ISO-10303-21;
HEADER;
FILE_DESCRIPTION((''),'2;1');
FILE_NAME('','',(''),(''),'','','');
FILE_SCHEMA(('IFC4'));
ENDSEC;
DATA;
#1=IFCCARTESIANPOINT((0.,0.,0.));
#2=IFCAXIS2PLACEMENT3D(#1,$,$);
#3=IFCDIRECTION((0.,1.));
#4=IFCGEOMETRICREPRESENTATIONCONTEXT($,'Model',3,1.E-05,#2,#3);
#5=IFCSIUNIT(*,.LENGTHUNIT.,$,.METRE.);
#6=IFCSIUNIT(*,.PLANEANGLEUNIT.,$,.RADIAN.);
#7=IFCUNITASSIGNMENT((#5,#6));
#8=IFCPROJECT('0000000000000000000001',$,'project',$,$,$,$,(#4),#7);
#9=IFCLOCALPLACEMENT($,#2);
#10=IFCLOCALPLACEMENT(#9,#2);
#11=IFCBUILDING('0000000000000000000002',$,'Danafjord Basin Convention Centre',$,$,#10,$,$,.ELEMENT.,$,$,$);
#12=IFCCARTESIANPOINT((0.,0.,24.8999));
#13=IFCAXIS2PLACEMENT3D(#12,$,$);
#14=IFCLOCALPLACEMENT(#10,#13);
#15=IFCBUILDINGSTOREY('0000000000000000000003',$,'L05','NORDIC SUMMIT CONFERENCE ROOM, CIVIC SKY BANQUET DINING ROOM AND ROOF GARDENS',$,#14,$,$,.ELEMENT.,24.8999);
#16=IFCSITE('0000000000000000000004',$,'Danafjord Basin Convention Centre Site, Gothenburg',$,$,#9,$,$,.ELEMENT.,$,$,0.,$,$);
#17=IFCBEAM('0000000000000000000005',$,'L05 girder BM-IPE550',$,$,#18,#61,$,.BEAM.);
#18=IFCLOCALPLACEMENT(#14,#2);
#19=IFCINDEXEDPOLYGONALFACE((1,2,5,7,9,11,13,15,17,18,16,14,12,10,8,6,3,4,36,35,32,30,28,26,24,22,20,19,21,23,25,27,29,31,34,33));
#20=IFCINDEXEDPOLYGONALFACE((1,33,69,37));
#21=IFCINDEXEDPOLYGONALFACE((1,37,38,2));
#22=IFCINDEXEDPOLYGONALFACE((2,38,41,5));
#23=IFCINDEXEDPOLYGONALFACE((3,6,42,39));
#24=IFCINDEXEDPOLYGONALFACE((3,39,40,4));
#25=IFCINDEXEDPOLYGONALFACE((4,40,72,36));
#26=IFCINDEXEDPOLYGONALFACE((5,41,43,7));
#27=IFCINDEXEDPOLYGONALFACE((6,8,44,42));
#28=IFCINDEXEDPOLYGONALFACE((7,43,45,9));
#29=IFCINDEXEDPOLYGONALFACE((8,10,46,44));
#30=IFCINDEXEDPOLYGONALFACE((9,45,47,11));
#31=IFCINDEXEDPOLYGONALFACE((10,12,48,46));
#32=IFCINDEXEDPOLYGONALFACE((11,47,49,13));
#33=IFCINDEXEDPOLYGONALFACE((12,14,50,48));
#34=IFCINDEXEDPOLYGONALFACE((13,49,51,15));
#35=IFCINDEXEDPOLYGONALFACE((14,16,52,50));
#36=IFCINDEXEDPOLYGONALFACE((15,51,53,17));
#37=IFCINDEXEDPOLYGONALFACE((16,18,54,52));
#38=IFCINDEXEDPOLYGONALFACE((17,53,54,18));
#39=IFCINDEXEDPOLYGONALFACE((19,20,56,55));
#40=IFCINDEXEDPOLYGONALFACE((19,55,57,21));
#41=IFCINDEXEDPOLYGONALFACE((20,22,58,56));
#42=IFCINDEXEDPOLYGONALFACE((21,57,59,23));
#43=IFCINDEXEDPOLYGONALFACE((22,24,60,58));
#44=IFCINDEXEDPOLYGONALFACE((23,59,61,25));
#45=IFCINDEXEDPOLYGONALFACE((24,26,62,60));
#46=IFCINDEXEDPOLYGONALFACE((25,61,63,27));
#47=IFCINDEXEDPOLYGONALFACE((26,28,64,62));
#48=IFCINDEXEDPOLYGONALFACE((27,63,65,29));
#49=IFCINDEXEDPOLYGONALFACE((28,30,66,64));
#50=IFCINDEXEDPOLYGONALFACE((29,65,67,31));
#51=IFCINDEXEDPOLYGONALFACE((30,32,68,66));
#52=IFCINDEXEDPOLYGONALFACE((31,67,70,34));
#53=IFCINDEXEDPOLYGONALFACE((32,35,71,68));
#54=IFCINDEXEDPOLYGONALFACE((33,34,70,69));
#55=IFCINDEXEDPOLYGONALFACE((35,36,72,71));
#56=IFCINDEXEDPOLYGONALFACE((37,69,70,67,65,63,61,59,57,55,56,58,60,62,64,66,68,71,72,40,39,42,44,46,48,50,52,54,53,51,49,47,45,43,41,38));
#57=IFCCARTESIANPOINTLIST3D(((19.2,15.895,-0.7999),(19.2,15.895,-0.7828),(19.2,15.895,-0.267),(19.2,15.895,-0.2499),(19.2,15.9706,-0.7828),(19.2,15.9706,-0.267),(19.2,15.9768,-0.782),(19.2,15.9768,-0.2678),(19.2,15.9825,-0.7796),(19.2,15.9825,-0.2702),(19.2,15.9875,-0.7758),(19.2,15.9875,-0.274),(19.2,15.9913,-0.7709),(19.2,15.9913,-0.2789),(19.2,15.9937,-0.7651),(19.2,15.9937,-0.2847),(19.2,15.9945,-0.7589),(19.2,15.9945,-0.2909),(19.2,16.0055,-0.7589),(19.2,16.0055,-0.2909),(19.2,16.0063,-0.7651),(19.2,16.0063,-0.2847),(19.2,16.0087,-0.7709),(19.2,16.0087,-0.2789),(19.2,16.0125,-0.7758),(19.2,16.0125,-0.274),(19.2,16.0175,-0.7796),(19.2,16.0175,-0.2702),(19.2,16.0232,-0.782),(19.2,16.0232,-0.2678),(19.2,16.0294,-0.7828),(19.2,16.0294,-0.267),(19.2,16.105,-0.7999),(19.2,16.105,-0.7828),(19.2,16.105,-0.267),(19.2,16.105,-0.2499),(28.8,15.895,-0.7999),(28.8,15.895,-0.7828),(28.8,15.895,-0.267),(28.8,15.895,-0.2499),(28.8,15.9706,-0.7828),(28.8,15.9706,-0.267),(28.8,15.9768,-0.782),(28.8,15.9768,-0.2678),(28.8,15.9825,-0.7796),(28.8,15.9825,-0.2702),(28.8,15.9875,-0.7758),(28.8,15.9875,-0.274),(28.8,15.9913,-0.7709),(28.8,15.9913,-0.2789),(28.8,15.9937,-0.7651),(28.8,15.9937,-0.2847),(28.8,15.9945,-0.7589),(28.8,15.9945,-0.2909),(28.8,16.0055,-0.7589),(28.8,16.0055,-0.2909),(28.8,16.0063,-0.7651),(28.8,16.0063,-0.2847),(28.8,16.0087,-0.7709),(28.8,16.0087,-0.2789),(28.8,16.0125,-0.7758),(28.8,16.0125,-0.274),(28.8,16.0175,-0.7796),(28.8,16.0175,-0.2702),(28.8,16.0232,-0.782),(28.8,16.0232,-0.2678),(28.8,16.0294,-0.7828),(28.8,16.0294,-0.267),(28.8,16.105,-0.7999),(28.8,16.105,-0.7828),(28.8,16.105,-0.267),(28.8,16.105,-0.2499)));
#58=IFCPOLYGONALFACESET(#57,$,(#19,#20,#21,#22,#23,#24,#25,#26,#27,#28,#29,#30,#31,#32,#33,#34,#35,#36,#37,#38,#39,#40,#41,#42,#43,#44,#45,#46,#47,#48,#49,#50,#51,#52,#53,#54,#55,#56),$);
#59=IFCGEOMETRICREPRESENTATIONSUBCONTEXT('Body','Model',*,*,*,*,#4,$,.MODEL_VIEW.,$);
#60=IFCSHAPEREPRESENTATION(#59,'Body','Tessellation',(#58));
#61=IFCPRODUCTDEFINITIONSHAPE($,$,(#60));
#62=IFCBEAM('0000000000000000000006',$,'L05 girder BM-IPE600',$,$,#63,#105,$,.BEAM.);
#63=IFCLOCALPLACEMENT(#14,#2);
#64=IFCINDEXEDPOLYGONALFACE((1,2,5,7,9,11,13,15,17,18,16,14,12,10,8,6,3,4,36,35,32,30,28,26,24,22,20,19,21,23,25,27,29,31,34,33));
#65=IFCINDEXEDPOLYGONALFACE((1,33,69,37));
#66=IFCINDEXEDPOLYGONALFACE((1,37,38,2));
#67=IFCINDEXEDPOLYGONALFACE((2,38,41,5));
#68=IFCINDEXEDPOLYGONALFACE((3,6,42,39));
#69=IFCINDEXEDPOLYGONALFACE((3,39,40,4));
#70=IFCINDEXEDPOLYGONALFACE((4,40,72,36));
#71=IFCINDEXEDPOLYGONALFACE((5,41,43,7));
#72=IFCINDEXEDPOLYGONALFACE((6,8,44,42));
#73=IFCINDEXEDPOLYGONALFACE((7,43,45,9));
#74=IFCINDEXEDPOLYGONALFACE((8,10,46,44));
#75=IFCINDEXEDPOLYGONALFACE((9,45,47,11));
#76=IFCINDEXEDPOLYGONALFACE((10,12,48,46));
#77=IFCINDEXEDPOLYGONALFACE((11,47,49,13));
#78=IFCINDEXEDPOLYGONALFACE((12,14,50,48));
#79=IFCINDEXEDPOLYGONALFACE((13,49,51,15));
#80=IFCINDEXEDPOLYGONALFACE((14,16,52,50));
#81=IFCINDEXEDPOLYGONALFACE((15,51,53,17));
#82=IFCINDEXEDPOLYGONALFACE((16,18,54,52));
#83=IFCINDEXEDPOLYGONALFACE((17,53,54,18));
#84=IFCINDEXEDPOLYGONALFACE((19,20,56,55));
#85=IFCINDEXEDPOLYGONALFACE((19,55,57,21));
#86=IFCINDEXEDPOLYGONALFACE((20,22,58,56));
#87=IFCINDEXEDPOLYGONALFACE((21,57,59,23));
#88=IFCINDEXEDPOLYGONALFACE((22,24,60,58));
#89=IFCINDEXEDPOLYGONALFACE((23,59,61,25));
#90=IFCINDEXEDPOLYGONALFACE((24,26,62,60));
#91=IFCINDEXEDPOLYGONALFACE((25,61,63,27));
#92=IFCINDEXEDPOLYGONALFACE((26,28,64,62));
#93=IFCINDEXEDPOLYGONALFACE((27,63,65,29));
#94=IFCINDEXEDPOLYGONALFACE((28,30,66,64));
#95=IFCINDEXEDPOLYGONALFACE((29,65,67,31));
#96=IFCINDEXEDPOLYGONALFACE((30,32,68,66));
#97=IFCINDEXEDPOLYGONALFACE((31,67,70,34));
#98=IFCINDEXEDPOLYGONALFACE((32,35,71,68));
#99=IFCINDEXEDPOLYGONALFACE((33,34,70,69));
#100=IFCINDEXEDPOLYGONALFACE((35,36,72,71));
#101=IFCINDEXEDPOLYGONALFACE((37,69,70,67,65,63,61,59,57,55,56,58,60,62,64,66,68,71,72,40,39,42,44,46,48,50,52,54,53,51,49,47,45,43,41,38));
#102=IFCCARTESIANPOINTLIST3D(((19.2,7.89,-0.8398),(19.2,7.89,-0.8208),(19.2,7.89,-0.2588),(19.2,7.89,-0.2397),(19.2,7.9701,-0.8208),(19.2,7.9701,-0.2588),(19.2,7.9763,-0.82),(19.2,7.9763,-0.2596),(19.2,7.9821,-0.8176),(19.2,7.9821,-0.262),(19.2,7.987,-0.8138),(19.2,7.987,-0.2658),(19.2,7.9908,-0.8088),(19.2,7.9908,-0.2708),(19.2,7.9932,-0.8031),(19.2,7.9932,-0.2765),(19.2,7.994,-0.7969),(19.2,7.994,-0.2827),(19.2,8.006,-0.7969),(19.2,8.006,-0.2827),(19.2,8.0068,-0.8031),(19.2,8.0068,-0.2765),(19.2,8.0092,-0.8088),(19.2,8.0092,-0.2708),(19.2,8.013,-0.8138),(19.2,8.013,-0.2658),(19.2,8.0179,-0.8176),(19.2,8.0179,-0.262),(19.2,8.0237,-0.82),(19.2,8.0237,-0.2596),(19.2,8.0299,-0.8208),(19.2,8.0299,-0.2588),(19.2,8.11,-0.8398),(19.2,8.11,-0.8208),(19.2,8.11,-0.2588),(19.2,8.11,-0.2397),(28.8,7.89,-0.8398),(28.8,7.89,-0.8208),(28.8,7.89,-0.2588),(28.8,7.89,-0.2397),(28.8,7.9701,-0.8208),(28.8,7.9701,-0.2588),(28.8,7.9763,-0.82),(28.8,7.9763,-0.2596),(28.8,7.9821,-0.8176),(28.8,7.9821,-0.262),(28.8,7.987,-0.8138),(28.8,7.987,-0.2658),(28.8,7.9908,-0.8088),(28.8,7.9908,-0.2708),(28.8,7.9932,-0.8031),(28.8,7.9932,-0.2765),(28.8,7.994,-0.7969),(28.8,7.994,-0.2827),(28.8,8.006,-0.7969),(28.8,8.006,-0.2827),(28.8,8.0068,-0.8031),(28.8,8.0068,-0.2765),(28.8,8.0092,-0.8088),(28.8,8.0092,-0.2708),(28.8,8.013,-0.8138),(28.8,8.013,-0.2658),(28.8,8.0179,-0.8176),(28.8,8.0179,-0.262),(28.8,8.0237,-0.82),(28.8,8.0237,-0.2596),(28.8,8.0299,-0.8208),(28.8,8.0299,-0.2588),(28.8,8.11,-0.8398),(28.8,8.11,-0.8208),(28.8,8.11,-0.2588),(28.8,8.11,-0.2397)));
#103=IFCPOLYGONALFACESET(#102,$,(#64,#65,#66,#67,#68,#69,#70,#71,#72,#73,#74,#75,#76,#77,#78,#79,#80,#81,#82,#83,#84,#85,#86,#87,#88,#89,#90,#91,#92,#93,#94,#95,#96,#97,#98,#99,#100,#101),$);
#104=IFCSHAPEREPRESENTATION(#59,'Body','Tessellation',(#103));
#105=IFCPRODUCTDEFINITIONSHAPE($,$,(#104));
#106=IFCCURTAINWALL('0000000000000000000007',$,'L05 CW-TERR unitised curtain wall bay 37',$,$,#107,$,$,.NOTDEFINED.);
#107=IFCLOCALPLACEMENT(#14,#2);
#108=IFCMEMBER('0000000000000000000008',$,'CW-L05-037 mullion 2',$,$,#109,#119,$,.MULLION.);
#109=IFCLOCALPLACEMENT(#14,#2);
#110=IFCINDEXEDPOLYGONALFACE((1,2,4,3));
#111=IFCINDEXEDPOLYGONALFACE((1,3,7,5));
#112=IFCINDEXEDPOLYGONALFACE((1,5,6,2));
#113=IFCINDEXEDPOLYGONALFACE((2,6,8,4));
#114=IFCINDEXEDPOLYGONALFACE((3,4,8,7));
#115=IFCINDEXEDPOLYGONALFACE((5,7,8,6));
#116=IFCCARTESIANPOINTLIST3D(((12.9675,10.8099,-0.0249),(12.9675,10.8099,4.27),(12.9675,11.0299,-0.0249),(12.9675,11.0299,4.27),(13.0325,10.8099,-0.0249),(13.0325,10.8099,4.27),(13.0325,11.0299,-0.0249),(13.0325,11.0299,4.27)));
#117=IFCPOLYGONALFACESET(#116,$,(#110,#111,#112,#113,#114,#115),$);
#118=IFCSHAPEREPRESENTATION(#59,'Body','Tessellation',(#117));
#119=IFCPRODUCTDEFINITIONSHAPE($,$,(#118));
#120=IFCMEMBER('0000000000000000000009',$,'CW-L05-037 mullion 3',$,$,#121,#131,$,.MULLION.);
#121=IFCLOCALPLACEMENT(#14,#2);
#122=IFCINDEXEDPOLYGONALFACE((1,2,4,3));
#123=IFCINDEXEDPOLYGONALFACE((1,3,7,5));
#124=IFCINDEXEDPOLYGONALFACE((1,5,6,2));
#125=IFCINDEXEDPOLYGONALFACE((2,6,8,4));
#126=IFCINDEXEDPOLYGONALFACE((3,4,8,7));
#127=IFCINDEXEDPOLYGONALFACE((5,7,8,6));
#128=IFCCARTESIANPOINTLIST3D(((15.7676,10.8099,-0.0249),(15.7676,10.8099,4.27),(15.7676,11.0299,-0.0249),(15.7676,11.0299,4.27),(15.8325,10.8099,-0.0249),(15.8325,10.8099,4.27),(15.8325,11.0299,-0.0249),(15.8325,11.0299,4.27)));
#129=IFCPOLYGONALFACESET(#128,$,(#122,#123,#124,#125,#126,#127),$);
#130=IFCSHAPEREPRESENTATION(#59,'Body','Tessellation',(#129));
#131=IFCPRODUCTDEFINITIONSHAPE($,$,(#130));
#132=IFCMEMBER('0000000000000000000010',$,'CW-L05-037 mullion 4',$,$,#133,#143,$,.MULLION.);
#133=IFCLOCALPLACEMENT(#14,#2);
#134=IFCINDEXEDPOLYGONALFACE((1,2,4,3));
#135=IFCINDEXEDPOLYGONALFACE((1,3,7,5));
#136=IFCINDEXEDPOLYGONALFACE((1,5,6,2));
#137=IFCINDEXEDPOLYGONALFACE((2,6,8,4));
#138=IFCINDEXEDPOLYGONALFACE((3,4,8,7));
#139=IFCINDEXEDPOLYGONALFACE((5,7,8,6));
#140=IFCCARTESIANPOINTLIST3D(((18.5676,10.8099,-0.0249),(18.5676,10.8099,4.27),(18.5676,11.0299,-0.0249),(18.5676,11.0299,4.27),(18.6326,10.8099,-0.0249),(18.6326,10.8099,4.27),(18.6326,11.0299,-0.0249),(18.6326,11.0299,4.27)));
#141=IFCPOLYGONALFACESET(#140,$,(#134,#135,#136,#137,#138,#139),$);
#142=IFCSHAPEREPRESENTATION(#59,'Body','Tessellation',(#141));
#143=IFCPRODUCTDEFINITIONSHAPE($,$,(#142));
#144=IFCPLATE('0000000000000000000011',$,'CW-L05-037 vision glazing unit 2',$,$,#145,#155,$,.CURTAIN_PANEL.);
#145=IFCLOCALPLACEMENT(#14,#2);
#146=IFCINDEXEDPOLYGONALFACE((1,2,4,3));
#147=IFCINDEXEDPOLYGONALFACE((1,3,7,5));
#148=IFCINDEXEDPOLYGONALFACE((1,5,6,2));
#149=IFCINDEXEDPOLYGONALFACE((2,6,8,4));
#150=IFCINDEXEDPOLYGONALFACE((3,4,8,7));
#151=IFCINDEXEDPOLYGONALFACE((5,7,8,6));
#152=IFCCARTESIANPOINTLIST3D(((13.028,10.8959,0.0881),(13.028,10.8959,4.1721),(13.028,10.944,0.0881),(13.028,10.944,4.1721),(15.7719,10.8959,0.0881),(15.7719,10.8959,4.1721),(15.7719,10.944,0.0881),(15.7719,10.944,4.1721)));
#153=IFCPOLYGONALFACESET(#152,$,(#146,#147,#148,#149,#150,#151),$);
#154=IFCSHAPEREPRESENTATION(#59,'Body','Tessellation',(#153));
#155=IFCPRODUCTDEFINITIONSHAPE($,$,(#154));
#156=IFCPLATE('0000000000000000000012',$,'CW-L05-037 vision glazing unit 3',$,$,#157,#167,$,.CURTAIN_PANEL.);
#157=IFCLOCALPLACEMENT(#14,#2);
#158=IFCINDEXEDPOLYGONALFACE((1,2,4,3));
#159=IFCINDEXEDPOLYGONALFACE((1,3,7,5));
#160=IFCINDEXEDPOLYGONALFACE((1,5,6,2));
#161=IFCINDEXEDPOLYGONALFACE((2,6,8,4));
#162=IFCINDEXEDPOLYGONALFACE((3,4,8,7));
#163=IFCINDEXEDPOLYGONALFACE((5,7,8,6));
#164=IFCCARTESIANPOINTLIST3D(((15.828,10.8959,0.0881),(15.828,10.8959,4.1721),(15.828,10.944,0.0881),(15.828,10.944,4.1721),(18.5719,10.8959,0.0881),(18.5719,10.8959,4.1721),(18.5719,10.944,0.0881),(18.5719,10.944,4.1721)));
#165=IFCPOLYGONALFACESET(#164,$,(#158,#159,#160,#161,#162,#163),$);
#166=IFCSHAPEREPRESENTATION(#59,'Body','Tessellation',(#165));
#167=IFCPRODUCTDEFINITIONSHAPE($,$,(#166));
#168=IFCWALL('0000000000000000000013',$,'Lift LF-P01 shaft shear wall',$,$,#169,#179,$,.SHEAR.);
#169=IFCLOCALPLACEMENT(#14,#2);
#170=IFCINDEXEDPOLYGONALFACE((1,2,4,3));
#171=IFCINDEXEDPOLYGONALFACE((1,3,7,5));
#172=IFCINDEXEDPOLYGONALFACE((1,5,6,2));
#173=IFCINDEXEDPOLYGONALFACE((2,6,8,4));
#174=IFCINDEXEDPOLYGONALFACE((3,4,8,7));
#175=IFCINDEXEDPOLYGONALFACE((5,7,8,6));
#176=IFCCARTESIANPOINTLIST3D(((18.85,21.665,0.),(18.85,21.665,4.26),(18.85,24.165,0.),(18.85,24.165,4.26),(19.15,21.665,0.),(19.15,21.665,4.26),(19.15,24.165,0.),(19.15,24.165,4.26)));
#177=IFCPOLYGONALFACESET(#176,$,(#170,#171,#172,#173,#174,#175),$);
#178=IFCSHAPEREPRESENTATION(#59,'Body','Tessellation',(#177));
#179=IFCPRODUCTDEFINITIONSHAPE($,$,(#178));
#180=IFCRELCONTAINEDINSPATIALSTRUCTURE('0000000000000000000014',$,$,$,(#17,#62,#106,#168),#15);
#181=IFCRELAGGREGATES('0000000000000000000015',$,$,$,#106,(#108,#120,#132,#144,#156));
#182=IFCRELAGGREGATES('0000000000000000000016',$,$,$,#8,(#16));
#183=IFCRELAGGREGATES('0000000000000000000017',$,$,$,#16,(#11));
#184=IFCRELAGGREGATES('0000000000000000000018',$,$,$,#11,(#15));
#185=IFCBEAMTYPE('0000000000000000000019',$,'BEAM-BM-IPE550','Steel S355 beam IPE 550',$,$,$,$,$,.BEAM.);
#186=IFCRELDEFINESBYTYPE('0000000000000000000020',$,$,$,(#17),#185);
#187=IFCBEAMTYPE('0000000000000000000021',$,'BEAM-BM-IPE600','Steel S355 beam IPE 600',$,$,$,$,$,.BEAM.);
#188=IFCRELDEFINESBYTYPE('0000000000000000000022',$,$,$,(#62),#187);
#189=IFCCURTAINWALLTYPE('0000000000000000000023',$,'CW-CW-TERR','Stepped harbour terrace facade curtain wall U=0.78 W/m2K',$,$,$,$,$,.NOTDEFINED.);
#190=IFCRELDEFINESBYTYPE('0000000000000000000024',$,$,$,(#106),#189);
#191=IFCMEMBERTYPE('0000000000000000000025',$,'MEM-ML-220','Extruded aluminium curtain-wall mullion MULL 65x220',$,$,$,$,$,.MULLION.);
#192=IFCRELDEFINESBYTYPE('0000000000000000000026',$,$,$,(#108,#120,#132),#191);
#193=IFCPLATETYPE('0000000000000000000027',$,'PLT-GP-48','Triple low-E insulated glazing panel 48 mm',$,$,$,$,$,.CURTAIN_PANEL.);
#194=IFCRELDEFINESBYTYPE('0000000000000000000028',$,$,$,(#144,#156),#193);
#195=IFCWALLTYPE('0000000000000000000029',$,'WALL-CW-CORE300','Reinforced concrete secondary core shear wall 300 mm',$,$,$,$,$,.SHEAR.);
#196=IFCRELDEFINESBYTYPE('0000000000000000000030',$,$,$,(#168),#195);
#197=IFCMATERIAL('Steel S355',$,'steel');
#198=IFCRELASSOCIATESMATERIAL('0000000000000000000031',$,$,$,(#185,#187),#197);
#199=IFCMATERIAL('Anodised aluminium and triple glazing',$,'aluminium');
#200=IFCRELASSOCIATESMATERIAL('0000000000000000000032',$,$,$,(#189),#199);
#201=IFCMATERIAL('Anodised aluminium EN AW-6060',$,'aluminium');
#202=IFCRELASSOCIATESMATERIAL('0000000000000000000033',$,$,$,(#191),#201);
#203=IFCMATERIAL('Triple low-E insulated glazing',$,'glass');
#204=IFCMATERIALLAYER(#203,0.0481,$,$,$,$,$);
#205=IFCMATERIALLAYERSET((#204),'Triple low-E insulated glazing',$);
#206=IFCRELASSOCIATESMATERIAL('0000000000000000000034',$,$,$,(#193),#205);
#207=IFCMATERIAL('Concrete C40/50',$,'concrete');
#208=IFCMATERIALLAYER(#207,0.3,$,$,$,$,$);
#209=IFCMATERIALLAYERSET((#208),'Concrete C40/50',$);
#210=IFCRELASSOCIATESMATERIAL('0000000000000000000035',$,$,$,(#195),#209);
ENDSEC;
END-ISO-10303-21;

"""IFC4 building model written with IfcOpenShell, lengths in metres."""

from ifc_helpers import new_model, si_unit, direction, frame, frame_2d, origin, origin_2d, place, context, subcontext, project, spatial, rectangle, i_section, extrude, material, layer, layer_set, material_profile, profile_set, type_object, element, aggregate, save


model = new_model("IFC4")

# Units and contexts
model_context = context("Model", 3, precision=1e-05, world=origin(), true_north=direction((0.0, 1.0)))
body_context = subcontext(model_context, "Body", "Model", "MODEL_VIEW")
ifc_project = project(units=[si_unit("LENGTHUNIT", "METRE"), si_unit("PLANEANGLEUNIT", "RADIAN")], contexts=[model_context])

# Site, building, storey
site_placement = place(None, origin())
site = spatial("IfcSite", under=ifc_project, at=site_placement, Name="Danafjord Basin Convention Centre Site, Gothenburg", CompositionType="ELEMENT", RefElevation=0.0)
building_placement = place(site_placement, origin())
building = spatial("IfcBuilding", under=site, at=building_placement, Name="Danafjord Basin Convention Centre", CompositionType="ELEMENT")
storey_placement = place(building_placement, frame((0.0, 0.0, 24.8999)))
storey = spatial("IfcBuildingStorey", under=building, at=storey_placement, Name="L05", Description="NORDIC SUMMIT CONFERENCE ROOM, CIVIC SKY BANQUET DINING ROOM AND ROOF GARDENS", CompositionType="ELEMENT", Elevation=24.8999)

# Shared definitions
ifc_material_1 = material(Name="Steel S355", Category="steel")

# Beams
ifc_material_profile_1 = material_profile(ifc_material_1, i_section(OverallWidth=0.21, OverallDepth=0.55, WebThickness=0.011, FlangeThickness=0.0171, FilletRadius=0.0239, at=origin_2d()), Name="IPE 550")
ifc_profile_set_1 = profile_set([ifc_material_profile_1], Name="Steel S355")
beam_type_1 = type_object("IfcBeamType", Name="BEAM-BM-IPE550", Description="Steel S355 beam IPE 550", PredefinedType="BEAM", material=ifc_profile_set_1)
beam_1_placement = place(storey_placement, frame((19.2, 16.0, -0.5249), z_axis=(1.0, 0.0, 0.0), x_axis=(0.0, 1.0, 0.0)))
element("IfcBeam", 1, at=beam_1_placement, inside=storey, type_object=beam_type_1, Name="L05 girder BM-IPE550", PredefinedType="BEAM", context=body_context, shape_type="SweptSolid", body=[
    extrude(i_section(OverallWidth=0.21, OverallDepth=0.55, WebThickness=0.011, FlangeThickness=0.0171, FilletRadius=0.0239, at=origin_2d()), origin(), (0.0, 0.0, 1.0), 9.6001),
])
ifc_material_profile_2 = material_profile(ifc_material_1, i_section(OverallWidth=0.22, OverallDepth=0.6001, WebThickness=0.012, FlangeThickness=0.019, FilletRadius=0.0239, at=origin_2d()), Name="IPE 600")
ifc_profile_set_2 = profile_set([ifc_material_profile_2], Name="Steel S355")
beam_type_2 = type_object("IfcBeamType", Name="BEAM-BM-IPE600", Description="Steel S355 beam IPE 600", PredefinedType="BEAM", material=ifc_profile_set_2)
beam_2_placement = place(storey_placement, frame((19.2, 8.0, -0.5398), z_axis=(1.0, 0.0, 0.0), x_axis=(0.0, 1.0, 0.0)))
element("IfcBeam", 2, at=beam_2_placement, inside=storey, type_object=beam_type_2, Name="L05 girder BM-IPE600", PredefinedType="BEAM", context=body_context, shape_type="SweptSolid", body=[
    extrude(i_section(OverallWidth=0.22, OverallDepth=0.6001, WebThickness=0.012, FlangeThickness=0.019, FilletRadius=0.0239, at=origin_2d()), origin(), (0.0, 0.0, 1.0), 9.6001),
])

# Curtain wall, members, plates
ifc_material_2 = material(Name="Anodised aluminium and triple glazing", Category="aluminium")
curtain_wall_type = type_object("IfcCurtainWallType", Name="CW-CW-TERR", Description="Stepped harbour terrace facade curtain wall U=0.78 W/m2K", PredefinedType="NOTDEFINED", material=ifc_material_2)
curtain_wall_placement = place(storey_placement, origin())
curtain_wall = element("IfcCurtainWall", 3, at=curtain_wall_placement, inside=storey, type_object=curtain_wall_type, Name="L05 CW-TERR unitised curtain wall bay 37", PredefinedType="NOTDEFINED")
ifc_material_3 = material(Name="Anodised aluminium EN AW-6060", Category="aluminium")
ifc_material_profile_3 = material_profile(ifc_material_3, rectangle(XDim=0.0649, YDim=0.22, at=origin_2d()), Name="MULL 65x220")
ifc_profile_set_3 = profile_set([ifc_material_profile_3], Name="Anodised aluminium EN AW-6060")
member_type = type_object("IfcMemberType", Name="MEM-ML-220", Description="Extruded aluminium curtain-wall mullion MULL 65x220", PredefinedType="MULLION", material=ifc_profile_set_3)
member_1_placement = place(storey_placement, frame((13.0, 10.9199, -0.0249), z_axis=(0.0, 0.0, 1.0), x_axis=(1.0, 0.0, 0.0)))
member_1 = element("IfcMember", 4, at=member_1_placement, type_object=member_type, Name="CW-L05-037 mullion 2", PredefinedType="MULLION", context=body_context, shape_type="SweptSolid", body=[
    extrude(rectangle(XDim=0.0649, YDim=0.22, at=origin_2d()), origin(), (0.0, 0.0, 1.0), 4.2949),
])
member_2_placement = place(storey_placement, frame((15.8, 10.9199, -0.0249), z_axis=(0.0, 0.0, 1.0), x_axis=(1.0, 0.0, 0.0)))
member_2 = element("IfcMember", 5, at=member_2_placement, type_object=member_type, Name="CW-L05-037 mullion 3", PredefinedType="MULLION", context=body_context, shape_type="SweptSolid", body=[
    extrude(rectangle(XDim=0.0649, YDim=0.22, at=origin_2d()), origin(), (0.0, 0.0, 1.0), 4.2949),
])
member_3_placement = place(storey_placement, frame((18.6001, 10.9199, -0.0249), z_axis=(0.0, 0.0, 1.0), x_axis=(1.0, 0.0, 0.0)))
member_3 = element("IfcMember", 6, at=member_3_placement, type_object=member_type, Name="CW-L05-037 mullion 4", PredefinedType="MULLION", context=body_context, shape_type="SweptSolid", body=[
    extrude(rectangle(XDim=0.0649, YDim=0.22, at=origin_2d()), origin(), (0.0, 0.0, 1.0), 4.2949),
])
ifc_material_4 = material(Name="Triple low-E insulated glazing", Category="glass")
ifc_layer_1 = layer(ifc_material_4, 0.0481)
ifc_layer_set_1 = layer_set([ifc_layer_1], Name="Triple low-E insulated glazing")
plate_type = type_object("IfcPlateType", Name="PLT-GP-48", Description="Triple low-E insulated glazing panel 48 mm", PredefinedType="CURTAIN_PANEL", material=ifc_layer_set_1)
plate_1_placement = place(storey_placement, frame((14.3999, 10.9199, 0.0881), z_axis=(0.0, 0.0, 1.0), x_axis=(1.0, 0.0, 0.0)))
plate_1 = element("IfcPlate", 7, at=plate_1_placement, type_object=plate_type, Name="CW-L05-037 vision glazing unit 2", PredefinedType="CURTAIN_PANEL", context=body_context, shape_type="SweptSolid", body=[
    extrude(rectangle(XDim=2.7439, YDim=0.0481, at=origin_2d()), origin(), (0.0, 0.0, 1.0), 4.084),
])
plate_2_placement = place(storey_placement, frame((17.2, 10.9199, 0.0881), z_axis=(0.0, 0.0, 1.0), x_axis=(1.0, 0.0, 0.0)))
plate_2 = element("IfcPlate", 8, at=plate_2_placement, type_object=plate_type, Name="CW-L05-037 vision glazing unit 3", PredefinedType="CURTAIN_PANEL", context=body_context, shape_type="SweptSolid", body=[
    extrude(rectangle(XDim=2.7439, YDim=0.0481, at=origin_2d()), origin(), (0.0, 0.0, 1.0), 4.084),
])
aggregate(curtain_wall, [member_1, member_2, member_3, plate_1, plate_2])

# Wall
ifc_material_5 = material(Name="Concrete C40/50", Category="concrete")
ifc_layer_2 = layer(ifc_material_5, 0.3)
ifc_layer_set_2 = layer_set([ifc_layer_2], Name="Concrete C40/50")
wall_type_1 = type_object("IfcWallType", Name="WALL-CW-CORE300", Description="Reinforced concrete secondary core shear wall 300 mm", PredefinedType="SHEAR", material=ifc_layer_set_2)
wall_1_placement = place(storey_placement, frame((19.0, 21.665, 0.0), z_axis=(0.0, 0.0, 1.0), x_axis=(0.0, 1.0, 0.0)))
element("IfcWall", 9, at=wall_1_placement, inside=storey, type_object=wall_type_1, Name="Lift LF-P01 shaft shear wall", PredefinedType="SHEAR", context=body_context, shape_type="SweptSolid", body=[
    extrude(rectangle(XDim=2.5, YDim=0.3, at=frame_2d((1.25, 0.0))), origin(), (0.0, 0.0, 1.0), 4.26),
])

save(model, "model.ifc")
